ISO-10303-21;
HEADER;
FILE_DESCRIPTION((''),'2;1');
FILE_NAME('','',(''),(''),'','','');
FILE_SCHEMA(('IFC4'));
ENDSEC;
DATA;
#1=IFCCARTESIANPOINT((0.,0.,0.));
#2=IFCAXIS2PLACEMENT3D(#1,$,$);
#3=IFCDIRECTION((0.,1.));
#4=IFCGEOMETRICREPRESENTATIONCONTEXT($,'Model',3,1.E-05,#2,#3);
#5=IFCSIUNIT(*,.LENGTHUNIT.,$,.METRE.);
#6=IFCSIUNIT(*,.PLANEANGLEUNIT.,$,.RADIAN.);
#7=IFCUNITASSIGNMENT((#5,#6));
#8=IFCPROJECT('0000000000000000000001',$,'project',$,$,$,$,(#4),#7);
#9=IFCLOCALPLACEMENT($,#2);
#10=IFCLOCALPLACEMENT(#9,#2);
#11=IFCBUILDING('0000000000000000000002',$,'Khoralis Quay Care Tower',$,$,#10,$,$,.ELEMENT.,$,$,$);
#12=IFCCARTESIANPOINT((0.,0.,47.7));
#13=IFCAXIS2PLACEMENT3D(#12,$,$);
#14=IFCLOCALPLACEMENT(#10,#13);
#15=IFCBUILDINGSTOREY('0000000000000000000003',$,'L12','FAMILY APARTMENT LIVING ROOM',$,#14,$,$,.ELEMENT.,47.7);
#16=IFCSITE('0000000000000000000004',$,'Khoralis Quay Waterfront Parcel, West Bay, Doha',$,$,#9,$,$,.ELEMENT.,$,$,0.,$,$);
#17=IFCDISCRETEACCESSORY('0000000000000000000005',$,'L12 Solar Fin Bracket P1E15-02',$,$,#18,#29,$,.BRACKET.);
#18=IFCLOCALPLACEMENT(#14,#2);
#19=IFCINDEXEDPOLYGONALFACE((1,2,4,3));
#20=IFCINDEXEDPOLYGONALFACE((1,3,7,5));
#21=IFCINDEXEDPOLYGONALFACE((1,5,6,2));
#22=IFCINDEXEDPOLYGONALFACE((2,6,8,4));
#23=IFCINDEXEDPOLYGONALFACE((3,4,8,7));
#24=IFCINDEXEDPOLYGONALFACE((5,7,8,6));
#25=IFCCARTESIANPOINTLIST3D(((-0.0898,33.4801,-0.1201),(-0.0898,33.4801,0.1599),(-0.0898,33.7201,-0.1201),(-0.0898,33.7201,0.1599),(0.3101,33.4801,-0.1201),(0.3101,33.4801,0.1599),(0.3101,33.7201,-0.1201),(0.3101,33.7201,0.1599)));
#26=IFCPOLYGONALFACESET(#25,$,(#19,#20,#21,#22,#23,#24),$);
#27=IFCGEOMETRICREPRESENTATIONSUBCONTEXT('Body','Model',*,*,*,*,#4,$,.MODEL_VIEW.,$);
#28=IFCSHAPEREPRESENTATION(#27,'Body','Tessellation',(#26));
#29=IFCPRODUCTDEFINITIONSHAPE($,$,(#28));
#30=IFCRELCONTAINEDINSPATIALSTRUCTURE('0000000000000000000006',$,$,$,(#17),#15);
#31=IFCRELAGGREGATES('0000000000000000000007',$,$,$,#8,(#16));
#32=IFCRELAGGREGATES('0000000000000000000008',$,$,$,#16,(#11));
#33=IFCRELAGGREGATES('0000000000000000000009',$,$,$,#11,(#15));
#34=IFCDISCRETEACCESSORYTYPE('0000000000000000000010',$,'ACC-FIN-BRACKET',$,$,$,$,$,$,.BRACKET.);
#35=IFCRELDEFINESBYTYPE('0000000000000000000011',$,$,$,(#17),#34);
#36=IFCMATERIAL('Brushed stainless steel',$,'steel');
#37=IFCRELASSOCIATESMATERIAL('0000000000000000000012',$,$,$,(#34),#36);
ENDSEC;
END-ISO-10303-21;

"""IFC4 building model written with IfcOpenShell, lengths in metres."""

from ifc_helpers import new_model, si_unit, direction, frame, origin, origin_2d, place, context, subcontext, project, spatial, rectangle, extrude, source, transform, mapped, material, type_object, element, save


model = new_model("IFC4")

# Units and contexts
model_context = context("Model", 3, precision=1e-05, world=origin(), true_north=direction((0.0, 1.0)))
body_context = subcontext(model_context, "Body", "Model", "MODEL_VIEW")
ifc_project = project(units=[si_unit("LENGTHUNIT", "METRE"), si_unit("PLANEANGLEUNIT", "RADIAN")], contexts=[model_context])

# Site, building, storey
site_placement = place(None, origin())
site = spatial("IfcSite", under=ifc_project, at=site_placement, Name="Khoralis Quay Waterfront Parcel, West Bay, Doha", CompositionType="ELEMENT", RefElevation=0.0)
building_placement = place(site_placement, origin())
building = spatial("IfcBuilding", under=site, at=building_placement, Name="Khoralis Quay Care Tower", CompositionType="ELEMENT")
storey_placement = place(building_placement, frame((0.0, 0.0, 47.7)))
storey = spatial("IfcBuildingStorey", under=building, at=storey_placement, Name="L12", Description="FAMILY APARTMENT LIVING ROOM", CompositionType="ELEMENT", Elevation=47.7)

# Discrete accessory
ifc_material_1 = material(Name="Brushed stainless steel", Category="steel")
discrete_accessory_type = type_object("IfcDiscreteAccessoryType", Name="ACC-FIN-BRACKET", PredefinedType="BRACKET", material=ifc_material_1)
shared_shape_1 = source(origin(), body_context, "Body", "SweptSolid", [
    extrude(rectangle(XDim=0.3999, YDim=0.24, at=origin_2d()), origin(), (0.0, 0.0, 1.0), 0.28),
])
for number, where, z_axis, x_axis, name in (
    (1, (0.1101, 33.6001, -0.1201), (0.0, 0.0, 1.0), (-1.0, 0.0, 0.0), "L12 Solar Fin Bracket P1E15-02"),
):
    element("IfcDiscreteAccessory", number, at=place(storey_placement, frame(where, z_axis=z_axis, x_axis=x_axis)), inside=storey, type_object=discrete_accessory_type, Name=name, PredefinedType="BRACKET", context=body_context, shape_type="MappedRepresentation", body=[
        mapped(shared_shape_1, transform((0.0, 0.0, 0.0), scale=1.0)),
    ])

save(model, "model.ifc")
